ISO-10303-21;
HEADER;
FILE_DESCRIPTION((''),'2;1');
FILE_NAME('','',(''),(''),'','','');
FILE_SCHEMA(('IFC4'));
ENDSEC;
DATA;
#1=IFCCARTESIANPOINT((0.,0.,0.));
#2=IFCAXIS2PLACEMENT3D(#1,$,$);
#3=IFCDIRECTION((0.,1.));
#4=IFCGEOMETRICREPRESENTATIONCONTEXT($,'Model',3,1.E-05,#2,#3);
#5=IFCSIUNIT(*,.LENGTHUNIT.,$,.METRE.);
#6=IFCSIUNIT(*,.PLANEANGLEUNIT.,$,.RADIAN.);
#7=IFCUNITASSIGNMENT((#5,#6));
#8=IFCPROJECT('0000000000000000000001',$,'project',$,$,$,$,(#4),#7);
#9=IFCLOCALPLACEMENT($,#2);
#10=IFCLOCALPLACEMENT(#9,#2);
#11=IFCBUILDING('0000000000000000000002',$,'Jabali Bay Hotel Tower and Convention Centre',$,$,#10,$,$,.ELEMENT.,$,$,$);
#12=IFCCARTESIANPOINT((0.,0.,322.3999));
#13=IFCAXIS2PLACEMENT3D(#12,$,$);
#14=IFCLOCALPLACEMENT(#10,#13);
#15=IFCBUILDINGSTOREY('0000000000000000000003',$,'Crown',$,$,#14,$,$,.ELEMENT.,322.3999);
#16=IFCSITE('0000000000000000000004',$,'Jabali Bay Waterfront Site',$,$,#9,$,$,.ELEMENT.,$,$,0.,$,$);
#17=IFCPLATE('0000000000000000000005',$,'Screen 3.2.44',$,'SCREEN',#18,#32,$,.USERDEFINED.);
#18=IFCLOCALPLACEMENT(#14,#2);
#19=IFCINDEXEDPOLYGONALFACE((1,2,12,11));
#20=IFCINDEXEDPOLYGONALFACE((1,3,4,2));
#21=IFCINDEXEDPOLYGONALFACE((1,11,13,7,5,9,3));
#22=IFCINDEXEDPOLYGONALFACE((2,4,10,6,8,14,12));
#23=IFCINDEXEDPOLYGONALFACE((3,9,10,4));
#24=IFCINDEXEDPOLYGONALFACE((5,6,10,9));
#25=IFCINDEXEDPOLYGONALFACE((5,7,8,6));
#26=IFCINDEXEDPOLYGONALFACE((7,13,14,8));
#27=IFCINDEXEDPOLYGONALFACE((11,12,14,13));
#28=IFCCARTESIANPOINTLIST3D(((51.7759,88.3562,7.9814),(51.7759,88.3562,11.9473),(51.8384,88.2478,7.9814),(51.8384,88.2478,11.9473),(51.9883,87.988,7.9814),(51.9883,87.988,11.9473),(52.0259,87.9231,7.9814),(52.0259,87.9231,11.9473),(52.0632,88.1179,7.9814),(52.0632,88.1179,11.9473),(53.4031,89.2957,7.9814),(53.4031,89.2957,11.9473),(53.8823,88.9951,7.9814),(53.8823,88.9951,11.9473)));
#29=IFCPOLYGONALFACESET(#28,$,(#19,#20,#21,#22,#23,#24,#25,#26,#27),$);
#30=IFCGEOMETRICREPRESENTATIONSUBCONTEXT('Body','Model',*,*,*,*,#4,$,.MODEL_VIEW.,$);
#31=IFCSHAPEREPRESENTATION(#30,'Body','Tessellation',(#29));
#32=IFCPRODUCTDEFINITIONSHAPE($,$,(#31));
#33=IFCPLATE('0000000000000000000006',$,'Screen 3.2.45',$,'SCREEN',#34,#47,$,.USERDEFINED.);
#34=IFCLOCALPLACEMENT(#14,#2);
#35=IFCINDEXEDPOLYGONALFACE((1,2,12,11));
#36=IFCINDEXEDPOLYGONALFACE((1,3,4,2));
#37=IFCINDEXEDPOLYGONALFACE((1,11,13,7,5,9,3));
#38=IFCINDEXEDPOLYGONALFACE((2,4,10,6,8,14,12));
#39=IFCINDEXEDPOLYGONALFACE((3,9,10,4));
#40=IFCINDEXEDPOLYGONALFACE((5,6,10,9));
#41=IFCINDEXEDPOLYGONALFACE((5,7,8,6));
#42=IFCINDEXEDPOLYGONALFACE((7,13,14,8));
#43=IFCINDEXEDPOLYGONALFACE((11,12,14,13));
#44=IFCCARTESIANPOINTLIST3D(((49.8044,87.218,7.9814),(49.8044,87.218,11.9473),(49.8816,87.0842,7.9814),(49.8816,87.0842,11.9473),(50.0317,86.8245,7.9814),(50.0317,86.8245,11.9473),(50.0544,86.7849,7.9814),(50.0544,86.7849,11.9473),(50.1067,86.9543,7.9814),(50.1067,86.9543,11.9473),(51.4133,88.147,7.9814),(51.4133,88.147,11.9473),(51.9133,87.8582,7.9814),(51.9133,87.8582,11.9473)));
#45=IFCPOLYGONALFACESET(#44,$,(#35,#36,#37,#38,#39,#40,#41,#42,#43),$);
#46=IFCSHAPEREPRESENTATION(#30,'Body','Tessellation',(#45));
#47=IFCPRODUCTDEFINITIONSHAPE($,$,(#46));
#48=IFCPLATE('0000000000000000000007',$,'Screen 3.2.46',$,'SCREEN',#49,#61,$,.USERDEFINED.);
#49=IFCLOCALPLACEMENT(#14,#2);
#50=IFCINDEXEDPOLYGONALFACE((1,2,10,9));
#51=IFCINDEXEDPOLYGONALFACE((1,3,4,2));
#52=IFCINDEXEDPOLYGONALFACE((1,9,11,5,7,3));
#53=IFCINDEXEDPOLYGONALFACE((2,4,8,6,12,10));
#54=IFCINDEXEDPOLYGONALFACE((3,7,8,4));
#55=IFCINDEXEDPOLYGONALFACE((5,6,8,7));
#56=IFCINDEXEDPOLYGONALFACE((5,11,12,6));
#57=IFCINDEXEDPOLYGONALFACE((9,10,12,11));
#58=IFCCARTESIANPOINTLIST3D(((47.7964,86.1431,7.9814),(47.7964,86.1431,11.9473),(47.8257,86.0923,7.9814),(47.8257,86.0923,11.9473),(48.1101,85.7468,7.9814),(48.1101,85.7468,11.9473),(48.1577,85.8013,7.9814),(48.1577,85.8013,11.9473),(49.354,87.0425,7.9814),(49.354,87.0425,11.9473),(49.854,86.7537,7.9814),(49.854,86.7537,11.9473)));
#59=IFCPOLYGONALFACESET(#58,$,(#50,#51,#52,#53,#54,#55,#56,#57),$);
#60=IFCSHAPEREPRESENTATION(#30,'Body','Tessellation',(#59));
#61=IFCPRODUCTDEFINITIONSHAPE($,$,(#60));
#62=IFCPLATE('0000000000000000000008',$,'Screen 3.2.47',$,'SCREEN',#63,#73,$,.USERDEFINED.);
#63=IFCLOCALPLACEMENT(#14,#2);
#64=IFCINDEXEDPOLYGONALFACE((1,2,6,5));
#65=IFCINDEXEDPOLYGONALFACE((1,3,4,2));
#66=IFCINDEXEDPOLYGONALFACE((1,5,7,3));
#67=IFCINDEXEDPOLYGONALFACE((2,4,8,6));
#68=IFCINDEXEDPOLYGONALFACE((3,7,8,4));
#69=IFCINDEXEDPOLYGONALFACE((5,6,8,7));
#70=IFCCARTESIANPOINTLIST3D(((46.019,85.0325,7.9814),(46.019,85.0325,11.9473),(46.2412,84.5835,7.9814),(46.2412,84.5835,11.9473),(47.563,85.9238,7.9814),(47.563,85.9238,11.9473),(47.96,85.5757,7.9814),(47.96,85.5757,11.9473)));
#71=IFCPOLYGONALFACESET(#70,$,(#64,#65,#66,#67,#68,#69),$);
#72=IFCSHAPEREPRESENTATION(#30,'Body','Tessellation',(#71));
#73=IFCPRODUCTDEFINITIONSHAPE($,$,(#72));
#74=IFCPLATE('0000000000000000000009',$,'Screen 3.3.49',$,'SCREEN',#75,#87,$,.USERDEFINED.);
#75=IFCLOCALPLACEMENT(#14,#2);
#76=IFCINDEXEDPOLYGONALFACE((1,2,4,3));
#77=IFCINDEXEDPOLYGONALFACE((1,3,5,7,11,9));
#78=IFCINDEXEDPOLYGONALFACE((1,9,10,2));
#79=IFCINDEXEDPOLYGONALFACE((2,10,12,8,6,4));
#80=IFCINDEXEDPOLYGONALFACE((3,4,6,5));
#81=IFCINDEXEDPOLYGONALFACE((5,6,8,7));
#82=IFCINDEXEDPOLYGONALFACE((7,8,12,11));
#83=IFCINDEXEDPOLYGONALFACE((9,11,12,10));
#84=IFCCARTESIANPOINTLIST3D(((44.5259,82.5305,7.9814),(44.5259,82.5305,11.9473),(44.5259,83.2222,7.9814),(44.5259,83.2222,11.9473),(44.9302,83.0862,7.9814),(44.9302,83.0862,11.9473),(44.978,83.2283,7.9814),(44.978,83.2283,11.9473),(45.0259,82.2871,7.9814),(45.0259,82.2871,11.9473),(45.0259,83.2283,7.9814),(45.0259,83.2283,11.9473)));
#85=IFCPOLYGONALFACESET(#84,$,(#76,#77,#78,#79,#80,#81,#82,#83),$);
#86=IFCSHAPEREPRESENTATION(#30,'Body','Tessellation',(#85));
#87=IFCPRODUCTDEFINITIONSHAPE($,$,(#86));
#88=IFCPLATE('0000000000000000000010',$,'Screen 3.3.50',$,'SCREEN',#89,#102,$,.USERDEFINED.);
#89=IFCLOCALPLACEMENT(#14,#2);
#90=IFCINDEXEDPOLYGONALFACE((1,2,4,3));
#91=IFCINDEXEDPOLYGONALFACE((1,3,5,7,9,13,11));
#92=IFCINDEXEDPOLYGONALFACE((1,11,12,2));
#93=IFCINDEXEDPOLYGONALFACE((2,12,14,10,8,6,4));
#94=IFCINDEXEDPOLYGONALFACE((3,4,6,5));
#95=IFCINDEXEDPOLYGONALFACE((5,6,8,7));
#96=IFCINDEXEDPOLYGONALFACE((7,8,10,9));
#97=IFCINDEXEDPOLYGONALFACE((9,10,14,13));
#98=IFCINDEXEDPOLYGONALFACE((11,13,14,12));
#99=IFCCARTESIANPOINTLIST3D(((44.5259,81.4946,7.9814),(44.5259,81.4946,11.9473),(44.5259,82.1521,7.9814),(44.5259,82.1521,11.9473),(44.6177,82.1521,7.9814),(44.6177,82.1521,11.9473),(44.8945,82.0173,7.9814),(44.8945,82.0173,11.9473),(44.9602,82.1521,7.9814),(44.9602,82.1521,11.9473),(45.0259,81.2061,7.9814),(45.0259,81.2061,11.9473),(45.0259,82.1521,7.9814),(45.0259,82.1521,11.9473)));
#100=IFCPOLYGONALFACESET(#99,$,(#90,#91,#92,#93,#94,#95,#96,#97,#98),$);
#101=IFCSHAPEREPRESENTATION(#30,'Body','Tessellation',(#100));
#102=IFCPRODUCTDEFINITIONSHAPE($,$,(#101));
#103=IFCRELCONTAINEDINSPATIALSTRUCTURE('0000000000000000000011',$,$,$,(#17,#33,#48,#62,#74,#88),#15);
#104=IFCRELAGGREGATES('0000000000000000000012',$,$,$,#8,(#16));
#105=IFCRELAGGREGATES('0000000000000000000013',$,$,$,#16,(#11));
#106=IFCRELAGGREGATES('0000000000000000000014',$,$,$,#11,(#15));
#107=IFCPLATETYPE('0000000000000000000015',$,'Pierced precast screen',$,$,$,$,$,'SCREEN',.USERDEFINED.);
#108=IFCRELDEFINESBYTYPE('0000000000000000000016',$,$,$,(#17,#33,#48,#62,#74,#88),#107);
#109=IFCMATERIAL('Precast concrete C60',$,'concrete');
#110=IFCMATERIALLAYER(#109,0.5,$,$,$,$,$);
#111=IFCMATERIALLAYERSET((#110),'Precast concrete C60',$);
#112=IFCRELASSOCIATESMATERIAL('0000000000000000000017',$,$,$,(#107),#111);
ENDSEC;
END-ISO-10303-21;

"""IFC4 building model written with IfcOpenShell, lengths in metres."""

from ifc_helpers import new_model, si_unit, direction, frame, origin, place, context, subcontext, project, spatial, polyline, outline, extrude, material, layer, layer_set, type_object, element, save


model = new_model("IFC4")

# Units and contexts
model_context = context("Model", 3, precision=1e-05, world=origin(), true_north=direction((0.0, 1.0)))
body_context = subcontext(model_context, "Body", "Model", "MODEL_VIEW")
ifc_project = project(units=[si_unit("LENGTHUNIT", "METRE"), si_unit("PLANEANGLEUNIT", "RADIAN")], contexts=[model_context])

# Site, building, storey
site_placement = place(None, origin())
site = spatial("IfcSite", under=ifc_project, at=site_placement, Name="Jabali Bay Waterfront Site", CompositionType="ELEMENT", RefElevation=0.0)
building_placement = place(site_placement, origin())
building = spatial("IfcBuilding", under=site, at=building_placement, Name="Jabali Bay Hotel Tower and Convention Centre", CompositionType="ELEMENT")
storey_placement = place(building_placement, frame((0.0, 0.0, 322.3999)))
storey = spatial("IfcBuildingStorey", under=building, at=storey_placement, Name="Crown", CompositionType="ELEMENT", Elevation=322.3999)

# Plates
ifc_material = material(Name="Precast concrete C60", Category="concrete")
ifc_layer = layer(ifc_material, 0.5)
ifc_layer_set = layer_set([ifc_layer], Name="Precast concrete C60")
plate_type = type_object("IfcPlateType", Name="Pierced precast screen", ElementType="SCREEN", PredefinedType="USERDEFINED", material=ifc_layer_set)
plate_1_placement = place(storey_placement, frame((0.0, 0.0, 7.9814)))
element("IfcPlate", 1, at=plate_1_placement, inside=storey, type_object=plate_type, Name="Screen 3.2.44", ObjectType="SCREEN", PredefinedType="USERDEFINED", context=body_context, shape_type="SweptSolid", body=[
    extrude(outline(polyline([(52.0259, 87.9231), (53.8823, 88.9951), (53.4031, 89.2957), (51.7759, 88.3562), (51.8384, 88.2478), (52.0632, 88.1179), (51.9883, 87.988), (52.0259, 87.9231)])), origin(), (0.0, 0.0, 1.0), 3.9658),
])
plate_2_placement = place(storey_placement, frame((0.0, 0.0, 7.9814)))
element("IfcPlate", 2, at=plate_2_placement, inside=storey, type_object=plate_type, Name="Screen 3.2.45", ObjectType="SCREEN", PredefinedType="USERDEFINED", context=body_context, shape_type="SweptSolid", body=[
    extrude(outline(polyline([(50.0544, 86.7849), (51.9133, 87.8582), (51.4133, 88.147), (49.8044, 87.218), (49.8816, 87.0842), (50.1067, 86.9543), (50.0317, 86.8245), (50.0544, 86.7849)])), origin(), (0.0, 0.0, 1.0), 3.9658),
])
plate_3_placement = place(storey_placement, frame((0.0, 0.0, 7.9814)))
element("IfcPlate", 3, at=plate_3_placement, inside=storey, type_object=plate_type, Name="Screen 3.2.46", ObjectType="SCREEN", PredefinedType="USERDEFINED", context=body_context, shape_type="SweptSolid", body=[
    extrude(outline(polyline([(48.1101, 85.7468), (49.854, 86.7537), (49.354, 87.0425), (47.7964, 86.1431), (47.8257, 86.0923), (48.1577, 85.8013), (48.1101, 85.7468)])), origin(), (0.0, 0.0, 1.0), 3.9658),
])
plate_4_placement = place(storey_placement, frame((0.0, 0.0, 7.9814)))
element("IfcPlate", 4, at=plate_4_placement, inside=storey, type_object=plate_type, Name="Screen 3.2.47", ObjectType="SCREEN", PredefinedType="USERDEFINED", context=body_context, shape_type="SweptSolid", body=[
    extrude(outline(polyline([(46.2412, 84.5835), (47.96, 85.5757), (47.563, 85.9238), (46.019, 85.0325), (46.2412, 84.5835)])), origin(), (0.0, 0.0, 1.0), 3.9658),
])
plate_5_placement = place(storey_placement, frame((0.0, 0.0, 7.9814)))
element("IfcPlate", 5, at=plate_5_placement, inside=storey, type_object=plate_type, Name="Screen 3.3.49", ObjectType="SCREEN", PredefinedType="USERDEFINED", context=body_context, shape_type="SweptSolid", body=[
    extrude(outline(polyline([(45.0259, 82.2871), (45.0259, 83.2283), (44.978, 83.2283), (44.9302, 83.0862), (44.5259, 83.2222), (44.5259, 82.5305), (45.0259, 82.2871)])), origin(), (0.0, 0.0, 1.0), 3.9658),
])
plate_6_placement = place(storey_placement, frame((0.0, 0.0, 7.9814)))
element("IfcPlate", 6, at=plate_6_placement, inside=storey, type_object=plate_type, Name="Screen 3.3.50", ObjectType="SCREEN", PredefinedType="USERDEFINED", context=body_context, shape_type="SweptSolid", body=[
    extrude(outline(polyline([(45.0259, 81.2061), (45.0259, 82.1521), (44.9602, 82.1521), (44.8945, 82.0173), (44.6177, 82.1521), (44.5259, 82.1521), (44.5259, 81.4946), (45.0259, 81.2061)])), origin(), (0.0, 0.0, 1.0), 3.9658),
])

save(model, "model.ifc")
